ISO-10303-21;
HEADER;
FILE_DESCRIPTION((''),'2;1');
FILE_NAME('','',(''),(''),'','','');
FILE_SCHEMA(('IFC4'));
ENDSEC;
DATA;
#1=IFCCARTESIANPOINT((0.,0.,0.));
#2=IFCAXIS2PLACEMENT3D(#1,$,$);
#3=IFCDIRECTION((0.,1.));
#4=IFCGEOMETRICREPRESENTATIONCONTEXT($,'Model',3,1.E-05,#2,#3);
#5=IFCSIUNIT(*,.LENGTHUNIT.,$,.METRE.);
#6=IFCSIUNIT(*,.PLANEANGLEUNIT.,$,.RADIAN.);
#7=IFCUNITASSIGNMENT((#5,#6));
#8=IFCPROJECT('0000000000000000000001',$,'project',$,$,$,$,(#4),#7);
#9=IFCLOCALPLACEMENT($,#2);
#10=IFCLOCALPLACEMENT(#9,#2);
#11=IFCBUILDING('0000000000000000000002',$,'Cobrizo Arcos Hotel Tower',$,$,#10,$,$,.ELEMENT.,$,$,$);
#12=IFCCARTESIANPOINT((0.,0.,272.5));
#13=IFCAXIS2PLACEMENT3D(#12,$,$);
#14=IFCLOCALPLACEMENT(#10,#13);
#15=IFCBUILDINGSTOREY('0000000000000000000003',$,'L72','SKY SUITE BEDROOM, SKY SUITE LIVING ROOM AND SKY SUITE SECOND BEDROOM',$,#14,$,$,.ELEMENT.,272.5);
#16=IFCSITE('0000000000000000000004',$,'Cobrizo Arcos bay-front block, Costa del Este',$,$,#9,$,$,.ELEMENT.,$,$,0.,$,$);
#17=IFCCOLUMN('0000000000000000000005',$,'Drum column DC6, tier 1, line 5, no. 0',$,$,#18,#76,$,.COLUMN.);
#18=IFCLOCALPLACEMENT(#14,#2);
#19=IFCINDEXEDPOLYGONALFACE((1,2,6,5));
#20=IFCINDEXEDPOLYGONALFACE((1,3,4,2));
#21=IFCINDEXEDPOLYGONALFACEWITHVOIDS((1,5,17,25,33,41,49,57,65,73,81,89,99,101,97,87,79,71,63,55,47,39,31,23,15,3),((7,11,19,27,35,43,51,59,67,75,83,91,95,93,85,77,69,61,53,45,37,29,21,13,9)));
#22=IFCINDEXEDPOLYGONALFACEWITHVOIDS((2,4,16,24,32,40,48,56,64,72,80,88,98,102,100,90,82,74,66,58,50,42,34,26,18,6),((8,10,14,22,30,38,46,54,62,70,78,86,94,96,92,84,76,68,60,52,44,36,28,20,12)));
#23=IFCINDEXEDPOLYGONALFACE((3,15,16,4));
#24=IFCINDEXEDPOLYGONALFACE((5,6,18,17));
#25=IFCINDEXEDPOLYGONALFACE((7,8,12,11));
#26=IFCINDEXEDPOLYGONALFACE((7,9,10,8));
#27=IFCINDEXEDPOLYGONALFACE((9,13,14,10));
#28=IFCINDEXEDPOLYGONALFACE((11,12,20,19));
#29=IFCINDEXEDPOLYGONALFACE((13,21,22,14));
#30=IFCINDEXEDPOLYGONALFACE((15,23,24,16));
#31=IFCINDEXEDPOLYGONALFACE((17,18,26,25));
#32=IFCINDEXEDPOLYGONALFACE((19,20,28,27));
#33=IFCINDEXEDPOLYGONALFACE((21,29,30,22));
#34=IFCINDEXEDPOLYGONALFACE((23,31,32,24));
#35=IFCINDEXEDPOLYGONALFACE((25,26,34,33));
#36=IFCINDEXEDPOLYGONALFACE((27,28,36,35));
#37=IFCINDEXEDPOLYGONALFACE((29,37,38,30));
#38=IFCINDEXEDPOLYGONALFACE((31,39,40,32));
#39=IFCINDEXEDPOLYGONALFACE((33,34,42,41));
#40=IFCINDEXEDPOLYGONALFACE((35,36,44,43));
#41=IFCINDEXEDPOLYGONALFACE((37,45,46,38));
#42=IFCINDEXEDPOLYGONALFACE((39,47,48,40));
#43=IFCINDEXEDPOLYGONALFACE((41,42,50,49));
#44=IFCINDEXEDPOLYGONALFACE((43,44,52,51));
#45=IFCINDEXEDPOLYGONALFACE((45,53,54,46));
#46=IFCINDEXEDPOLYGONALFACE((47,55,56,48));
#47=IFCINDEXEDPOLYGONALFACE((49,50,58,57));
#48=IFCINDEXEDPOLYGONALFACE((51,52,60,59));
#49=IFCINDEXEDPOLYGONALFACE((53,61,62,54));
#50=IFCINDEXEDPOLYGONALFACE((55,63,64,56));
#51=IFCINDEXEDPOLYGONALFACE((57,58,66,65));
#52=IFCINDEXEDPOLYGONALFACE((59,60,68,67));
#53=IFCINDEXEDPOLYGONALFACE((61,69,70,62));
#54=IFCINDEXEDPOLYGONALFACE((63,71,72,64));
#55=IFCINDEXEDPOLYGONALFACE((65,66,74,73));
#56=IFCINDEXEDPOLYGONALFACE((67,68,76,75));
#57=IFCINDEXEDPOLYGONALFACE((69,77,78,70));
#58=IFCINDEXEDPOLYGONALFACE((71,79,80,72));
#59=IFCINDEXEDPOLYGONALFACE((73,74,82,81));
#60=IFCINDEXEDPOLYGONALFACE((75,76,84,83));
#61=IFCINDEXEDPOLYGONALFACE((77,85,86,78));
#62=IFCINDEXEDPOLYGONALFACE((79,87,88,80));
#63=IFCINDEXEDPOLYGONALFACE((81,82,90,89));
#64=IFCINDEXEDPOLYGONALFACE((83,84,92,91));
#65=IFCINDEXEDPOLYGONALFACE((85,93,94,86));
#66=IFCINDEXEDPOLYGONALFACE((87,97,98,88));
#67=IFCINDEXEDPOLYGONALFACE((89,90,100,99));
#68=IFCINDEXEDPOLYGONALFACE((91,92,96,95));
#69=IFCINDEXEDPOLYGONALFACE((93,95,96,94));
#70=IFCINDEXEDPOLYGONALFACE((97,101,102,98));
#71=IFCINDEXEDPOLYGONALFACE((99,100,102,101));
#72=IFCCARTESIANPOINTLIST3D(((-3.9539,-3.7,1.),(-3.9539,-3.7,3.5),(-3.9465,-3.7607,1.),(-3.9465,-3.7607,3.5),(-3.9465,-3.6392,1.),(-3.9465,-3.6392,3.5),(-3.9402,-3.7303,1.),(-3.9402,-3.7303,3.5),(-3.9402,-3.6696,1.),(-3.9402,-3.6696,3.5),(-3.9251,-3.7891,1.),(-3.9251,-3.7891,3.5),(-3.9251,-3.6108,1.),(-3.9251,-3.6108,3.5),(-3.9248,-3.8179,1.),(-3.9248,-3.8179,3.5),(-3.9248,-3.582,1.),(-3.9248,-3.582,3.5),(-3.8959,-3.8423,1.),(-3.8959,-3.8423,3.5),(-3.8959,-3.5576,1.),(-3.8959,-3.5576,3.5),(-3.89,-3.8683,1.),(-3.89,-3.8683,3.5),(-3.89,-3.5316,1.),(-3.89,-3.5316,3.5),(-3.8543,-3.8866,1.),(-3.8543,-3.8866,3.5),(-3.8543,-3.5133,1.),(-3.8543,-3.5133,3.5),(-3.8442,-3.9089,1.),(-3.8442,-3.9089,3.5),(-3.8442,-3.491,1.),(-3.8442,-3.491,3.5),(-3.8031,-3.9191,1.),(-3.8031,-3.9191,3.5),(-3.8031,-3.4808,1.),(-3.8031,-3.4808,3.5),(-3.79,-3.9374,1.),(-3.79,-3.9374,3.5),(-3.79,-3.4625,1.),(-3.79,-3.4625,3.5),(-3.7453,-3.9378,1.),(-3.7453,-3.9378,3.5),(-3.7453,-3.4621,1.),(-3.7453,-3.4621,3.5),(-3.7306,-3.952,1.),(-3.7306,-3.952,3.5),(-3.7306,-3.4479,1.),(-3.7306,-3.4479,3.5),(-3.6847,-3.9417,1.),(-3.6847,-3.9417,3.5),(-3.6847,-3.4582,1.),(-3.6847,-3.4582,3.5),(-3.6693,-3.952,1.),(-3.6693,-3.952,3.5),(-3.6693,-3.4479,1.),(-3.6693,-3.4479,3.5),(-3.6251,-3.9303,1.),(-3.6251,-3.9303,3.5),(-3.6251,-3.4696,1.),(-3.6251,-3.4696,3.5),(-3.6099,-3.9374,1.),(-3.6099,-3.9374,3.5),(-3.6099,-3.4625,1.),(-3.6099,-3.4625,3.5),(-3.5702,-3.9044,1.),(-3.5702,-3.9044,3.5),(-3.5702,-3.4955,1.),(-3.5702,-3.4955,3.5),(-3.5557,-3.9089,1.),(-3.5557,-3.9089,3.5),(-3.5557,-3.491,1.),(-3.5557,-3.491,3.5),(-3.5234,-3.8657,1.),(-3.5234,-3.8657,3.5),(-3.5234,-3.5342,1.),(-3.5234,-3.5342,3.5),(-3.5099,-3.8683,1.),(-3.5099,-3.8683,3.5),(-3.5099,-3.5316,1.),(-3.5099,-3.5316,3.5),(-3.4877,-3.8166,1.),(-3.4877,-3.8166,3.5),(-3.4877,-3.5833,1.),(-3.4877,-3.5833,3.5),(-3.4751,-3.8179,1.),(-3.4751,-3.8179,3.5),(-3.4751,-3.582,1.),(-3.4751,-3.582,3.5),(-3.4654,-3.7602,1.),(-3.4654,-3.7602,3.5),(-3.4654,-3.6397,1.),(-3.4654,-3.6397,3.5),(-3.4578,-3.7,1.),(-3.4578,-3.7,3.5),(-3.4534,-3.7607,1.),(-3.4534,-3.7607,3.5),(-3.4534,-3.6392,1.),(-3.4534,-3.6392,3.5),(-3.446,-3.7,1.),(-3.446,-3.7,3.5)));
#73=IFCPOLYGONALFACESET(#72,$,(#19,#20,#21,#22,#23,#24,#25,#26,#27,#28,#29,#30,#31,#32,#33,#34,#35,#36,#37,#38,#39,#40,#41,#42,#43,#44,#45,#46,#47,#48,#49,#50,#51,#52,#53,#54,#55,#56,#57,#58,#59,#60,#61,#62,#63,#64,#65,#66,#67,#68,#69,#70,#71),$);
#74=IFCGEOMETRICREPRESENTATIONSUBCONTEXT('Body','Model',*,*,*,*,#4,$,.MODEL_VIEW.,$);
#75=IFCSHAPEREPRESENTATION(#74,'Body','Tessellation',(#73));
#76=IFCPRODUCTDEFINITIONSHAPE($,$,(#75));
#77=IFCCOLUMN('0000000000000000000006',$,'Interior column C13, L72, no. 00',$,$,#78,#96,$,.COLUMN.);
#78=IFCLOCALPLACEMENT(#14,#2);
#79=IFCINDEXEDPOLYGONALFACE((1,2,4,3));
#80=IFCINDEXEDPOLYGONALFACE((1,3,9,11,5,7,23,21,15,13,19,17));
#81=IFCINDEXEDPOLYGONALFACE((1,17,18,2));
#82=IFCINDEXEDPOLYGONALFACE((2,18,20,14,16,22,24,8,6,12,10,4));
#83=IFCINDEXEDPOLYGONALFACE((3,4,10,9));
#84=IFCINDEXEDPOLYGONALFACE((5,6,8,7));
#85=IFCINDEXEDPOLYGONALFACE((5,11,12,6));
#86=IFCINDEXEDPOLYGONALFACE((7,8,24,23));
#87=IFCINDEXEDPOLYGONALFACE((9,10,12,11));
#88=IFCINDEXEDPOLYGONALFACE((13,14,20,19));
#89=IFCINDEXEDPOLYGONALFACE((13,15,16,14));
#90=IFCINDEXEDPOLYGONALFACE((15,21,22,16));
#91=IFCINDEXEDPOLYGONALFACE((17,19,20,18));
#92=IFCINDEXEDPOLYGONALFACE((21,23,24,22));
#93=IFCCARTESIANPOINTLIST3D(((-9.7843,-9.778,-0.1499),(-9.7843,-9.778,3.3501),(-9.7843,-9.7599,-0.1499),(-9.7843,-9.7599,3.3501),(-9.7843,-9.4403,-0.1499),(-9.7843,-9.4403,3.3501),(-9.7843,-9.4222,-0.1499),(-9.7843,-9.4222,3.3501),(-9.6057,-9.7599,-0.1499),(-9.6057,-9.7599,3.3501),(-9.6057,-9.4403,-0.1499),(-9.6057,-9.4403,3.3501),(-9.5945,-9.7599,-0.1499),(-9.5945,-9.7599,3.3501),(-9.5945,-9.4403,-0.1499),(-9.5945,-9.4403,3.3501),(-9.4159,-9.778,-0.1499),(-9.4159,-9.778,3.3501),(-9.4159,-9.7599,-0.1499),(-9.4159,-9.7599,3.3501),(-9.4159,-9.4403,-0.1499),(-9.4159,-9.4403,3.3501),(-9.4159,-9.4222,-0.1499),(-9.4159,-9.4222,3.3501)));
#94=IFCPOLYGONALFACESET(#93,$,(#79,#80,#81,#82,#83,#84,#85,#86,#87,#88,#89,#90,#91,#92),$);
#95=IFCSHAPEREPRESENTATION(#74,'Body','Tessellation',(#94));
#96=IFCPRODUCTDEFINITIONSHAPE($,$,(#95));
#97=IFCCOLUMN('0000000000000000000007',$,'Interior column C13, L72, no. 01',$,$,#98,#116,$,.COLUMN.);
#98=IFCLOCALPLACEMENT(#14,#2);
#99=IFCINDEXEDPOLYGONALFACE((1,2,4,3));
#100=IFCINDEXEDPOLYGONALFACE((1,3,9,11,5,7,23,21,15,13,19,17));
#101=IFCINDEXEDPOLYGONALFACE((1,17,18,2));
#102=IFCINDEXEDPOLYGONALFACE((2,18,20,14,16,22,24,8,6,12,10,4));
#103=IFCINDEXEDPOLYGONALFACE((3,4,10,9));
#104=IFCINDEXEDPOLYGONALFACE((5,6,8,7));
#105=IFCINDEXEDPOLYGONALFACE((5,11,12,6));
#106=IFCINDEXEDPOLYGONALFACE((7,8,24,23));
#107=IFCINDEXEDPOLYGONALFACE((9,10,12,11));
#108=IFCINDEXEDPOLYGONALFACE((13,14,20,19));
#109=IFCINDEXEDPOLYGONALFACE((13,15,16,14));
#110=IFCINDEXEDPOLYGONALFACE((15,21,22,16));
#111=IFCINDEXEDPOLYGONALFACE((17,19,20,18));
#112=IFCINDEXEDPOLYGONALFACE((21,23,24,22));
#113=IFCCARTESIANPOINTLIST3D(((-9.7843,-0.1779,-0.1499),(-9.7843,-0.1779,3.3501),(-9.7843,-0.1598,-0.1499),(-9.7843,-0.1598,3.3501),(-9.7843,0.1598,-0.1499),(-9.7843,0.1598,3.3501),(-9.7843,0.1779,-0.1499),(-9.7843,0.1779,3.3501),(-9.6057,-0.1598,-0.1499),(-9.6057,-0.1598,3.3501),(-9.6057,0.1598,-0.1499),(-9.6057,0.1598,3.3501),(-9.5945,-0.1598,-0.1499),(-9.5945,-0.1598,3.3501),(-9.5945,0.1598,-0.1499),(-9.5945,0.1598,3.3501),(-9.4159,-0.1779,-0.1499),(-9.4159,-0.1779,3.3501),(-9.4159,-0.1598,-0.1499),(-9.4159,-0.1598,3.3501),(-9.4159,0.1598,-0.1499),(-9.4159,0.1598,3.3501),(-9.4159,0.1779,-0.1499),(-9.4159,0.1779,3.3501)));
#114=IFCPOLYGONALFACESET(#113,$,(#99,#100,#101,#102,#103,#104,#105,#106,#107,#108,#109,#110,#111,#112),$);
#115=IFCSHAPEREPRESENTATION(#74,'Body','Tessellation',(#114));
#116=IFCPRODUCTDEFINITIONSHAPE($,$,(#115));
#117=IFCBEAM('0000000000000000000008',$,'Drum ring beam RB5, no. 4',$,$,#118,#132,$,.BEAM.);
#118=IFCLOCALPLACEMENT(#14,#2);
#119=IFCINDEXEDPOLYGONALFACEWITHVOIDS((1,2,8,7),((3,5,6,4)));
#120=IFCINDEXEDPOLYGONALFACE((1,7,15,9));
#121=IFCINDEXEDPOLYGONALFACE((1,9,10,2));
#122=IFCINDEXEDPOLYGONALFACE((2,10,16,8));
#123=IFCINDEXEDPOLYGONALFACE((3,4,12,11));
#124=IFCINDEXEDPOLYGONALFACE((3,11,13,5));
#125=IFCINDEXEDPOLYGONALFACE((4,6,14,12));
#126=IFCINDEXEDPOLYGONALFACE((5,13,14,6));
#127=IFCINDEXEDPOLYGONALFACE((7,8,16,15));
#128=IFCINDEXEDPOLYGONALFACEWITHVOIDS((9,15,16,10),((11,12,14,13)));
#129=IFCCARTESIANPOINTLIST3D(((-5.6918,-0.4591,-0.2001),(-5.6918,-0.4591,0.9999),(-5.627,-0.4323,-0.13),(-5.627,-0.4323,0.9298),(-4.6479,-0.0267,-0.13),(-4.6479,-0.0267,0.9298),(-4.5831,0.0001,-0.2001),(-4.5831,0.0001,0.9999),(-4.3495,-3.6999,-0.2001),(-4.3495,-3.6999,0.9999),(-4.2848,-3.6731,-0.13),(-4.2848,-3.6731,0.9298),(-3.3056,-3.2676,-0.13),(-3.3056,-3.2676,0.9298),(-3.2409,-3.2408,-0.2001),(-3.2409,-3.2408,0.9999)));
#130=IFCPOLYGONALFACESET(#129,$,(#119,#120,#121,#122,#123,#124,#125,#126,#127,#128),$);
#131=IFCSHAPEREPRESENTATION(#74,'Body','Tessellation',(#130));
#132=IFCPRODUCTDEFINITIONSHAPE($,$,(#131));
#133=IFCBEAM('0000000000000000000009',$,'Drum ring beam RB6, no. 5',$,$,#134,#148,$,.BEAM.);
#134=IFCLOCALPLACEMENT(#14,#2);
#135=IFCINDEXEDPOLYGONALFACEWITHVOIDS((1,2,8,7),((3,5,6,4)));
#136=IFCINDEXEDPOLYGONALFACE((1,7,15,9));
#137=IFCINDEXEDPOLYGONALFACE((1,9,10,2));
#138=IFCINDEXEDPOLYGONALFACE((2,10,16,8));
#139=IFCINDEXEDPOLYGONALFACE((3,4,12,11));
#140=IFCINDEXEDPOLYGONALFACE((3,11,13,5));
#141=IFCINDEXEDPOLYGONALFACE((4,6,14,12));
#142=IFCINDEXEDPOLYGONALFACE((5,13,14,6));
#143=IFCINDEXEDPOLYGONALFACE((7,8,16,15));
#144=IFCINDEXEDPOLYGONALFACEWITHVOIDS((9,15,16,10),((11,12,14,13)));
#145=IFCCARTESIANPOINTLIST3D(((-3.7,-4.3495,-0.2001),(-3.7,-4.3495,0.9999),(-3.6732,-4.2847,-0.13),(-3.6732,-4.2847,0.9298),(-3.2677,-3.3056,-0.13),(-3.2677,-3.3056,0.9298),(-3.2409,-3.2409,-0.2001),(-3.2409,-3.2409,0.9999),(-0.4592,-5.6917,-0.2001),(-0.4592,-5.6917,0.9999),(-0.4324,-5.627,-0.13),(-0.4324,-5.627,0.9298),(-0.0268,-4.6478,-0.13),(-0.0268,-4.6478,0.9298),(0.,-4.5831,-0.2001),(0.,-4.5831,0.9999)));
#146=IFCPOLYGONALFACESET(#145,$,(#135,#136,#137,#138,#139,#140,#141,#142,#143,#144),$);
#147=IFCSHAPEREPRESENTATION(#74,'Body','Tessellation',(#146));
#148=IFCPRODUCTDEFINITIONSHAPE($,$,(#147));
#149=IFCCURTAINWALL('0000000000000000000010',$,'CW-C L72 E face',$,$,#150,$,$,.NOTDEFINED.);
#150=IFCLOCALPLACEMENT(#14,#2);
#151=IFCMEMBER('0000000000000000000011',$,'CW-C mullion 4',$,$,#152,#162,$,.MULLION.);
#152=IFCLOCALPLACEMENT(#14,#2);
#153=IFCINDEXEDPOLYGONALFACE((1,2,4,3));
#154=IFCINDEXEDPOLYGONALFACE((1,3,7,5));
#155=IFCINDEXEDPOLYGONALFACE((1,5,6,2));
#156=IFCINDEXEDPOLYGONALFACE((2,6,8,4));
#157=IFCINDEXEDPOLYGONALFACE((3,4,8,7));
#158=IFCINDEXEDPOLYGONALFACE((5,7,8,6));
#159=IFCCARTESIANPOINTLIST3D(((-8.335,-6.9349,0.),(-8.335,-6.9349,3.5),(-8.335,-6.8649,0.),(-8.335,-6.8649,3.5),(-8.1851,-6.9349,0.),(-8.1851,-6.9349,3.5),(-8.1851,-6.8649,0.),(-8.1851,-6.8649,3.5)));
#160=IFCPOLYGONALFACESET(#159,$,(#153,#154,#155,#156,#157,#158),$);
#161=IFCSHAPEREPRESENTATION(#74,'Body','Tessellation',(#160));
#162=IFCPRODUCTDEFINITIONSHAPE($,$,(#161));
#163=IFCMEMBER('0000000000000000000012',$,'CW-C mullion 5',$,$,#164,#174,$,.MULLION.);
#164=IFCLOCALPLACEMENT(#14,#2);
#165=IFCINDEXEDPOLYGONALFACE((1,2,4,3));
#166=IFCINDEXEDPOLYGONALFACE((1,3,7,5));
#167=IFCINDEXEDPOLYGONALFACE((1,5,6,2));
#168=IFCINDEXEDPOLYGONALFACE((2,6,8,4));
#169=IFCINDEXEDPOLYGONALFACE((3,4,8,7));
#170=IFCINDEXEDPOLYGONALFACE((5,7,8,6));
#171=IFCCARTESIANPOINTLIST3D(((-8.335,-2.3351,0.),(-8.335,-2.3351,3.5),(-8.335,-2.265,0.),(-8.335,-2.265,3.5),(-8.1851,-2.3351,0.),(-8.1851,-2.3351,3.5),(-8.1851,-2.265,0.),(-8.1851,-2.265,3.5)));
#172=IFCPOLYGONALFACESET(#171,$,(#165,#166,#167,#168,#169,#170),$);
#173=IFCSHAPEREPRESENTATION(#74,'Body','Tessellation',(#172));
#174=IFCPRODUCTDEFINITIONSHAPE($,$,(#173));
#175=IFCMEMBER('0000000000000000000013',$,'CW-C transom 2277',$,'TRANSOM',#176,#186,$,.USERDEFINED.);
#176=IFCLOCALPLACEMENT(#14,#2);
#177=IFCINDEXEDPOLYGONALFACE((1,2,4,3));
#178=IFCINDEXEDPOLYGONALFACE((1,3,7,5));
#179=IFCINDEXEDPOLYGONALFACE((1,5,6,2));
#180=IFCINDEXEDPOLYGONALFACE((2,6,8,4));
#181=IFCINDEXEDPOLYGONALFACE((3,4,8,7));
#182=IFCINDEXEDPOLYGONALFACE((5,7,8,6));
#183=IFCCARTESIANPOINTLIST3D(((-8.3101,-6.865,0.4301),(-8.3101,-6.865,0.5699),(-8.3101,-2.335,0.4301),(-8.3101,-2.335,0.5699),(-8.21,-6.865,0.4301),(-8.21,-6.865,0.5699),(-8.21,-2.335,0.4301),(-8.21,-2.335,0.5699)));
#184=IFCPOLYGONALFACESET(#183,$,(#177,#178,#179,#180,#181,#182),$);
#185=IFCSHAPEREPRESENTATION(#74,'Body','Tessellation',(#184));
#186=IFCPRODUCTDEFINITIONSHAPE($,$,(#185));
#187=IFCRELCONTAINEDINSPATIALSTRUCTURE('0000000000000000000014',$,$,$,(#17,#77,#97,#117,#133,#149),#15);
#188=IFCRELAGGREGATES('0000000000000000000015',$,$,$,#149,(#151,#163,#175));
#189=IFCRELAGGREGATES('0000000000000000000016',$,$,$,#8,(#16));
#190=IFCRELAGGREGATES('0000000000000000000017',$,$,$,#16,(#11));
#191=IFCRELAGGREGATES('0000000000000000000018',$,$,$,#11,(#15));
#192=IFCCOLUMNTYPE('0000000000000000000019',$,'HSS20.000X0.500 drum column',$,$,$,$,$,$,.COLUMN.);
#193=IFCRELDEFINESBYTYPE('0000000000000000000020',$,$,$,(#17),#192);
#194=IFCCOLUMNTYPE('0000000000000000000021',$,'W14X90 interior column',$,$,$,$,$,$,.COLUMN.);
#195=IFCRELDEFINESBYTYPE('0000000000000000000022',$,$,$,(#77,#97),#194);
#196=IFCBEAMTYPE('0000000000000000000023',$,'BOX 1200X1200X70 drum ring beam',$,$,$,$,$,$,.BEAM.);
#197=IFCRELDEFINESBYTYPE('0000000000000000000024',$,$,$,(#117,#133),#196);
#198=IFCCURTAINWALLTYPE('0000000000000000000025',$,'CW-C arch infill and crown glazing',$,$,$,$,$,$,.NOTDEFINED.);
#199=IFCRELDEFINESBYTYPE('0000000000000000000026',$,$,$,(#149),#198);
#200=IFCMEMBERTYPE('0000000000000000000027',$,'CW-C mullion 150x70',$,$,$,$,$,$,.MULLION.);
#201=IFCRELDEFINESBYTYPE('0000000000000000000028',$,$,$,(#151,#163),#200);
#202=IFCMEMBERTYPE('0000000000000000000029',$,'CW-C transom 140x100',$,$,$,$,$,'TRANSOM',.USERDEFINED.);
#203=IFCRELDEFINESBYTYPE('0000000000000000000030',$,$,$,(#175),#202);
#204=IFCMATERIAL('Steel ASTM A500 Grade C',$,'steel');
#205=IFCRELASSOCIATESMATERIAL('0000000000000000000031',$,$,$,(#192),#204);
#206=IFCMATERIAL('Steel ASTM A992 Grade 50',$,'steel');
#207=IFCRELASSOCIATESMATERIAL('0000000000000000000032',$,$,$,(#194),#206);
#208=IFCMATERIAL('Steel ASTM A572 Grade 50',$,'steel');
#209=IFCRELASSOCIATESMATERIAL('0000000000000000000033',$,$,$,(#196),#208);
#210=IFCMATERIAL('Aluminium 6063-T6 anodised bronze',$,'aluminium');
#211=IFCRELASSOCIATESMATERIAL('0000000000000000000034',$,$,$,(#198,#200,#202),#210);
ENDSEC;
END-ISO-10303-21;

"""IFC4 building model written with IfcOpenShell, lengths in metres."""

from ifc_helpers import new_model, si_unit, direction, frame, origin, origin_2d, place, context, subcontext, project, spatial, rectangle, hollow_rectangle, hollow_circle, i_section, extrude, material, material_profile, profile_set, type_object, element, aggregate, save


model = new_model("IFC4")

# Units and contexts
model_context = context("Model", 3, precision=1e-05, world=origin(), true_north=direction((0.0, 1.0)))
body_context = subcontext(model_context, "Body", "Model", "MODEL_VIEW")
ifc_project = project(units=[si_unit("LENGTHUNIT", "METRE"), si_unit("PLANEANGLEUNIT", "RADIAN")], contexts=[model_context])

# Site, building, storey
site_placement = place(None, origin())
site = spatial("IfcSite", under=ifc_project, at=site_placement, Name="Cobrizo Arcos bay-front block, Costa del Este", CompositionType="ELEMENT", RefElevation=0.0)
building_placement = place(site_placement, origin())
building = spatial("IfcBuilding", under=site, at=building_placement, Name="Cobrizo Arcos Hotel Tower", CompositionType="ELEMENT")
storey_placement = place(building_placement, frame((0.0, 0.0, 272.5)))
storey = spatial("IfcBuildingStorey", under=building, at=storey_placement, Name="L72", Description="SKY SUITE BEDROOM, SKY SUITE LIVING ROOM AND SKY SUITE SECOND BEDROOM", CompositionType="ELEMENT", Elevation=272.5)

# Columns
ifc_material_1 = material(Name="Steel ASTM A500 Grade C", Category="steel")
ifc_material_profile_1 = material_profile(ifc_material_1, hollow_circle(Radius=0.2539, WallThickness=0.0117, at=origin_2d()), Name="HSS20.000X0.500")
ifc_profile_set_1 = profile_set([ifc_material_profile_1], Name="Steel ASTM A500 Grade C")
column_type_1 = type_object("IfcColumnType", Name="HSS20.000X0.500 drum column", PredefinedType="COLUMN", material=ifc_profile_set_1)
column_placement = place(storey_placement, frame((-3.7, -3.7, 1.0), z_axis=(0.0, 0.0, 1.0), x_axis=(1.0, 0.0, 0.0)))
element("IfcColumn", 1, at=column_placement, inside=storey, type_object=column_type_1, Name="Drum column DC6, tier 1, line 5, no. 0", PredefinedType="COLUMN", context=body_context, shape_type="SweptSolid", body=[
    extrude(hollow_circle(Radius=0.2539, WallThickness=0.0117, at=origin_2d()), origin(), (0.0, 0.0, 1.0), 2.5),
])
ifc_material_2 = material(Name="Steel ASTM A992 Grade 50", Category="steel")
ifc_material_profile_2 = material_profile(ifc_material_2, i_section(OverallWidth=0.3684, OverallDepth=0.3557, WebThickness=0.0112, FlangeThickness=0.0181, at=origin_2d()), Name="W14X90")
ifc_profile_set_2 = profile_set([ifc_material_profile_2], Name="Steel ASTM A992 Grade 50")
column_type_2 = type_object("IfcColumnType", Name="W14X90 interior column", PredefinedType="COLUMN", material=ifc_profile_set_2)
for number, where, z_axis, x_axis, name in (
    (2, (-9.6001, -9.6001, -0.1499), (0.0, 0.0, 1.0), (1.0, 0.0, 0.0), "Interior column C13, L72, no. 00"),
    (3, (-9.6001, 0.0, -0.1499), (0.0, 0.0, 1.0), (1.0, 0.0, 0.0), "Interior column C13, L72, no. 01"),
):
    element("IfcColumn", number, at=place(storey_placement, frame(where, z_axis=z_axis, x_axis=x_axis)), inside=storey, type_object=column_type_2, Name=name, PredefinedType="COLUMN", context=body_context, shape_type="SweptSolid", body=[
        extrude(i_section(OverallWidth=0.3684, OverallDepth=0.3557, WebThickness=0.0112, FlangeThickness=0.0181, at=origin_2d()), origin(), (0.0, 0.0, 1.0), 3.5),
    ])

# Beams
ifc_material_3 = material(Name="Steel ASTM A572 Grade 50", Category="steel")
ifc_material_profile_3 = material_profile(ifc_material_3, hollow_rectangle(XDim=1.2, YDim=1.2, WallThickness=0.0701, at=origin_2d()), Name="BOX 1200X1200X70")
ifc_profile_set_3 = profile_set([ifc_material_profile_3], Name="Steel ASTM A572 Grade 50")
beam_type_1 = type_object("IfcBeamType", Name="BOX 1200X1200X70 drum ring beam", PredefinedType="BEAM", material=ifc_profile_set_3)
for number, where, z_axis, x_axis, name in (
    (4, (-5.1375, -0.2295, 0.3999), (0.382643, -0.923896, 0.0), (0.923896, 0.382643, 0.0), "Drum ring beam RB5, no. 4"),
    (5, (-3.4705, -3.7952, 0.3999), (0.923896, -0.382643, 0.0), (0.382643, 0.923896, 0.0), "Drum ring beam RB6, no. 5"),
):
    element("IfcBeam", number, at=place(storey_placement, frame(where, z_axis=z_axis, x_axis=x_axis)), inside=storey, type_object=beam_type_1, Name=name, PredefinedType="BEAM", context=body_context, shape_type="SweptSolid", body=[
        extrude(hollow_rectangle(XDim=1.2, YDim=1.2, WallThickness=0.0701, at=origin_2d()), origin(), (0.0, 0.0, 1.0), 3.5078),
    ])

# Curtain wall, members
ifc_material_4 = material(Name="Aluminium 6063-T6 anodised bronze", Category="aluminium")
curtain_wall_type = type_object("IfcCurtainWallType", Name="CW-C arch infill and crown glazing", PredefinedType="NOTDEFINED", material=ifc_material_4)
curtain_wall_placement = place(storey_placement, origin())
curtain_wall = element("IfcCurtainWall", 6, at=curtain_wall_placement, inside=storey, type_object=curtain_wall_type, Name="CW-C L72 E face", PredefinedType="NOTDEFINED")
ifc_material_profile_4 = material_profile(ifc_material_4, rectangle(XDim=0.1499, YDim=0.0701, at=origin_2d()), Name="CW-C mullion 150x70")
ifc_profile_set_4 = profile_set([ifc_material_profile_4], Name="Aluminium 6063-T6 anodised bronze")
member_type_1 = type_object("IfcMemberType", Name="CW-C mullion 150x70", PredefinedType="MULLION", material=ifc_profile_set_4)
member_1_placement = place(storey_placement, frame((-8.26, -6.8999, 0.0), z_axis=(0.0, 0.0, 1.0), x_axis=(1.0, 0.0, 0.0)))
member_1 = element("IfcMember", 7, at=member_1_placement, type_object=member_type_1, Name="CW-C mullion 4", PredefinedType="MULLION", context=body_context, shape_type="SweptSolid", body=[
    extrude(rectangle(XDim=0.1499, YDim=0.0701, at=origin_2d()), origin(), (0.0, 0.0, 1.0), 3.5),
])
member_2_placement = place(storey_placement, frame((-8.26, -2.3, 0.0), z_axis=(0.0, 0.0, 1.0), x_axis=(1.0, 0.0, 0.0)))
member_2 = element("IfcMember", 8, at=member_2_placement, type_object=member_type_1, Name="CW-C mullion 5", PredefinedType="MULLION", context=body_context, shape_type="SweptSolid", body=[
    extrude(rectangle(XDim=0.1499, YDim=0.0701, at=origin_2d()), origin(), (0.0, 0.0, 1.0), 3.5),
])
ifc_material_profile_5 = material_profile(ifc_material_4, rectangle(XDim=0.1001, YDim=0.1399, at=origin_2d()), Name="CW-C transom 140x100")
ifc_profile_set_5 = profile_set([ifc_material_profile_5], Name="Aluminium 6063-T6 anodised bronze")
member_type_2 = type_object("IfcMemberType", Name="CW-C transom 140x100", ElementType="TRANSOM", PredefinedType="USERDEFINED", material=ifc_profile_set_5)
member_3_placement = place(storey_placement, frame((-8.26, -6.865, 0.5), z_axis=(0.0, 1.0, 0.0), x_axis=(-1.0, 0.0, 0.0)))
member_3 = element("IfcMember", 9, at=member_3_placement, type_object=member_type_2, Name="CW-C transom 2277", ObjectType="TRANSOM", PredefinedType="USERDEFINED", context=body_context, shape_type="SweptSolid", body=[
    extrude(rectangle(XDim=0.1001, YDim=0.1399, at=origin_2d()), origin(), (0.0, 0.0, 1.0), 4.53),
])

aggregate(curtain_wall, [member_1, member_2, member_3])

save(model, "model.ifc")
